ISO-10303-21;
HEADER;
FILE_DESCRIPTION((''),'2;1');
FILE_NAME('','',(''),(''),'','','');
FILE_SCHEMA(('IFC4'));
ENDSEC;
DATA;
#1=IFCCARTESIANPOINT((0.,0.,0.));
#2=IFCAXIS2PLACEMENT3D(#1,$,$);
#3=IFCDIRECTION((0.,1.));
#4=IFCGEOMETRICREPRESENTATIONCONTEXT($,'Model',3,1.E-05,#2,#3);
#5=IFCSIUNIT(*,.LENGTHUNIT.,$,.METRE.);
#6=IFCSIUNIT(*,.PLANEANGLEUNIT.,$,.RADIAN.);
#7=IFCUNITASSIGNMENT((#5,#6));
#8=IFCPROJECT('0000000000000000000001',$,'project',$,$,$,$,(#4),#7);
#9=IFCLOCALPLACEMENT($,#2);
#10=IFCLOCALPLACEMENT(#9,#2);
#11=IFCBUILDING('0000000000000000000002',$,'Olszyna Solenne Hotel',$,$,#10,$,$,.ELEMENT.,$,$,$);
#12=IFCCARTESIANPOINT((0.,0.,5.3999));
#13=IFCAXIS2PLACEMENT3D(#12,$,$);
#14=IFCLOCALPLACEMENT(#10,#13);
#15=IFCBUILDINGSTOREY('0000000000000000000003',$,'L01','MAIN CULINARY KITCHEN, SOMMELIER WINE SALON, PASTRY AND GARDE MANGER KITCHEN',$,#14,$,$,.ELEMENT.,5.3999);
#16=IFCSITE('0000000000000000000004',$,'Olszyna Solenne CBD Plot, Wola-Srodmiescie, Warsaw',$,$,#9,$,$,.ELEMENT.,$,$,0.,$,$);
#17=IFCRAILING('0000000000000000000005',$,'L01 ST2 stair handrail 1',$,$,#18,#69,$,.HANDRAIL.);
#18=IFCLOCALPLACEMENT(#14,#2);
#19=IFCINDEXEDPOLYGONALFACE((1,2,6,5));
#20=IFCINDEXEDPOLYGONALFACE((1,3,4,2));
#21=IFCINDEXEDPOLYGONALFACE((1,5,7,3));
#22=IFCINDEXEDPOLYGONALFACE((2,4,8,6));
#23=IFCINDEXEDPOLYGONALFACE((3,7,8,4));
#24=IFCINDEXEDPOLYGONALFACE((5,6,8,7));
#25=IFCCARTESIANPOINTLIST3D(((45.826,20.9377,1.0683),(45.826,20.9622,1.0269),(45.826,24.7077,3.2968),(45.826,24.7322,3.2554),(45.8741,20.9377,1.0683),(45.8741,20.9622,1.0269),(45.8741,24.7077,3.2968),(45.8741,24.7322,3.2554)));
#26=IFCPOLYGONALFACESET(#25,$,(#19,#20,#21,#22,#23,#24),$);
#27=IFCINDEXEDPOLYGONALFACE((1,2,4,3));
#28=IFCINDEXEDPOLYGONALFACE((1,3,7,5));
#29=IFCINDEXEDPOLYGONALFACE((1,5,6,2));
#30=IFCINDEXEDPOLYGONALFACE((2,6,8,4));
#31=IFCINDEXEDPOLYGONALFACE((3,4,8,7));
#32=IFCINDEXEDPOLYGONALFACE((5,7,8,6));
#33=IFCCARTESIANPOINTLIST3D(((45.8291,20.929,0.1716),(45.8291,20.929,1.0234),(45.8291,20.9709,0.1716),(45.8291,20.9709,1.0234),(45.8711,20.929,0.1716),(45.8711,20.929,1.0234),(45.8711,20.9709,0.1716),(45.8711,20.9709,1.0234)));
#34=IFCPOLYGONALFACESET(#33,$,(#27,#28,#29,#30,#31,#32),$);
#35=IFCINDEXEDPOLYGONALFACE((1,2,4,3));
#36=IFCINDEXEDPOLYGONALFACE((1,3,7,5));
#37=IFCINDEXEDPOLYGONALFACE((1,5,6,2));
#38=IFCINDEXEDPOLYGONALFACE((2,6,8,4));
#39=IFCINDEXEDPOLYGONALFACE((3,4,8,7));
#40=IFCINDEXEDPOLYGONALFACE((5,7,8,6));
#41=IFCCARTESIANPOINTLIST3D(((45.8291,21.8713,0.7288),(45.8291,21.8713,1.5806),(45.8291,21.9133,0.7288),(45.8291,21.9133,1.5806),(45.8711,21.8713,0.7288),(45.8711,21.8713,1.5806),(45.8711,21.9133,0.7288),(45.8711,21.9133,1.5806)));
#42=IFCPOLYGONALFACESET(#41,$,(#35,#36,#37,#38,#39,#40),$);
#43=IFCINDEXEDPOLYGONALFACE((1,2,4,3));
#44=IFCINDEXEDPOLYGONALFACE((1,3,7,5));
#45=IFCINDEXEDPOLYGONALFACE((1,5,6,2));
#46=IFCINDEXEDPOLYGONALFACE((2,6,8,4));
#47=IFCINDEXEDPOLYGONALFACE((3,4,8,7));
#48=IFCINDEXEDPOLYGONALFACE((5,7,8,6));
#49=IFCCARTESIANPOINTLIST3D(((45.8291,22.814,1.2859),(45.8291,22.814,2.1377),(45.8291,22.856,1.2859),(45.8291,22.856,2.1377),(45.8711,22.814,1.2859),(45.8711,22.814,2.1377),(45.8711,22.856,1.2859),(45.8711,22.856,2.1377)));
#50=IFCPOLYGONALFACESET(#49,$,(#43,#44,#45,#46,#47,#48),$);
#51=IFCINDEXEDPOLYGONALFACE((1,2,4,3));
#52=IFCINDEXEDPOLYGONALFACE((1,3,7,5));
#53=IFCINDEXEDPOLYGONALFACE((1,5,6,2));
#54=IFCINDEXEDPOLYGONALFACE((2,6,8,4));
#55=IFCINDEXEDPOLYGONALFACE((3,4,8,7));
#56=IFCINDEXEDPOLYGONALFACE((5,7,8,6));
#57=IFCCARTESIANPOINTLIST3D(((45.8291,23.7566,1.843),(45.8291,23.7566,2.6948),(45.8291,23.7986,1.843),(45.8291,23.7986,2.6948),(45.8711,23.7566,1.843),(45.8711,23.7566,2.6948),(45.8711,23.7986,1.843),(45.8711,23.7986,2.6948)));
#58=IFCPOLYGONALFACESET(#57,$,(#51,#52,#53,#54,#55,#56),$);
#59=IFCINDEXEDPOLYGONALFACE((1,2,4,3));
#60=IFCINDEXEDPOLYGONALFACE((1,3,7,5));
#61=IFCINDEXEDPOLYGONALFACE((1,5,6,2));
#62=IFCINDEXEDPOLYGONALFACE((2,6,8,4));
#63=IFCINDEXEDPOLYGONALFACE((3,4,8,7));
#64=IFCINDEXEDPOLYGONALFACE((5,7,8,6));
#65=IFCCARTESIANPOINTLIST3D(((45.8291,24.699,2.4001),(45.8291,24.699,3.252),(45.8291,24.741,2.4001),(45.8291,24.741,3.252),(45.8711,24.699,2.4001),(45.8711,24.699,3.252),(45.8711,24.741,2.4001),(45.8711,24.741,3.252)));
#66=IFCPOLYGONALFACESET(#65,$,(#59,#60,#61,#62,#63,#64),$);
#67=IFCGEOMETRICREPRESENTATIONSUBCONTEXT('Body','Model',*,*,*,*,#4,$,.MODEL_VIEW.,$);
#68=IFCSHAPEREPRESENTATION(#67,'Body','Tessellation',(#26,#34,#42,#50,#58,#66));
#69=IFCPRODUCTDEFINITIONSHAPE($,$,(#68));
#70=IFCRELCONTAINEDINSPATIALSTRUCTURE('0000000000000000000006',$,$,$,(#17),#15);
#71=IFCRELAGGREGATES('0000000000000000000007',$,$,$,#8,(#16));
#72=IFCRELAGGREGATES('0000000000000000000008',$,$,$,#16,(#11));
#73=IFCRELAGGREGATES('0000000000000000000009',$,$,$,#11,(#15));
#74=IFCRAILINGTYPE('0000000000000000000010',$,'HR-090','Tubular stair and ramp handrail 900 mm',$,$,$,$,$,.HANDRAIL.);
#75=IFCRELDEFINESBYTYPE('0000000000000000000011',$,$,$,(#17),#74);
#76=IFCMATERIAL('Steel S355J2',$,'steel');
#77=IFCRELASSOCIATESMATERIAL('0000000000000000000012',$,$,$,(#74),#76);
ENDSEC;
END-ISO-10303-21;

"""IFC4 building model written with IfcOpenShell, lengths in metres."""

from ifc_helpers import new_model, si_unit, direction, frame, origin, origin_2d, place, context, subcontext, project, spatial, rectangle, extrude, material, type_object, element, save


model = new_model("IFC4")

# Units and contexts
model_context = context("Model", 3, precision=1e-05, world=origin(), true_north=direction((0.0, 1.0)))
body_context = subcontext(model_context, "Body", "Model", "MODEL_VIEW")
ifc_project = project(units=[si_unit("LENGTHUNIT", "METRE"), si_unit("PLANEANGLEUNIT", "RADIAN")], contexts=[model_context])

# Site, building, storey
site_placement = place(None, origin())
site = spatial("IfcSite", under=ifc_project, at=site_placement, Name="Olszyna Solenne CBD Plot, Wola-Srodmiescie, Warsaw", CompositionType="ELEMENT", RefElevation=0.0)
building_placement = place(site_placement, origin())
building = spatial("IfcBuilding", under=site, at=building_placement, Name="Olszyna Solenne Hotel", CompositionType="ELEMENT")
storey_placement = place(building_placement, frame((0.0, 0.0, 5.3999)))
storey = spatial("IfcBuildingStorey", under=building, at=storey_placement, Name="L01", Description="MAIN CULINARY KITCHEN, SOMMELIER WINE SALON, PASTRY AND GARDE MANGER KITCHEN", CompositionType="ELEMENT", Elevation=5.3999)

# Shared definitions
ifc_material_1 = material(Name="Steel S355J2", Category="steel")

# Railing
railing_type_1 = type_object("IfcRailingType", Name="HR-090", Description="Tubular stair and ramp handrail 900 mm", PredefinedType="HANDRAIL", material=ifc_material_1)
railing_1_placement = place(storey_placement, frame((45.8501, 20.95, 0.1716)))
element("IfcRailing", 1, at=railing_1_placement, inside=storey, type_object=railing_type_1, Name="L01 ST2 stair handrail 1", PredefinedType="HANDRAIL", context=body_context, shape_type="SweptSolid", body=[
    extrude(rectangle(XDim=0.0481, YDim=0.0481, at=origin_2d()), frame((0.0, 0.0, 0.876), z_axis=(0.0, 0.860849, 0.508861), x_axis=(-1.0, 0.0, 0.0)), (0.0, 0.0, 1.0), 4.3794),
    extrude(rectangle(XDim=0.042, YDim=0.042, at=origin_2d()), origin(), (0.0, 0.0, 1.0), 0.8518),
    extrude(rectangle(XDim=0.042, YDim=0.042, at=origin_2d()), frame((0.0, 0.9424, 0.5571)), (0.0, 0.0, 1.0), 0.8518),
    extrude(rectangle(XDim=0.042, YDim=0.042, at=origin_2d()), frame((0.0, 1.885, 1.1143)), (0.0, 0.0, 1.0), 0.8518),
    extrude(rectangle(XDim=0.042, YDim=0.042, at=origin_2d()), frame((0.0, 2.8276, 1.6714)), (0.0, 0.0, 1.0), 0.8518),
    extrude(rectangle(XDim=0.042, YDim=0.042, at=origin_2d()), frame((0.0, 3.77, 2.2285)), (0.0, 0.0, 1.0), 0.8518),
])

save(model, "model.ifc")
